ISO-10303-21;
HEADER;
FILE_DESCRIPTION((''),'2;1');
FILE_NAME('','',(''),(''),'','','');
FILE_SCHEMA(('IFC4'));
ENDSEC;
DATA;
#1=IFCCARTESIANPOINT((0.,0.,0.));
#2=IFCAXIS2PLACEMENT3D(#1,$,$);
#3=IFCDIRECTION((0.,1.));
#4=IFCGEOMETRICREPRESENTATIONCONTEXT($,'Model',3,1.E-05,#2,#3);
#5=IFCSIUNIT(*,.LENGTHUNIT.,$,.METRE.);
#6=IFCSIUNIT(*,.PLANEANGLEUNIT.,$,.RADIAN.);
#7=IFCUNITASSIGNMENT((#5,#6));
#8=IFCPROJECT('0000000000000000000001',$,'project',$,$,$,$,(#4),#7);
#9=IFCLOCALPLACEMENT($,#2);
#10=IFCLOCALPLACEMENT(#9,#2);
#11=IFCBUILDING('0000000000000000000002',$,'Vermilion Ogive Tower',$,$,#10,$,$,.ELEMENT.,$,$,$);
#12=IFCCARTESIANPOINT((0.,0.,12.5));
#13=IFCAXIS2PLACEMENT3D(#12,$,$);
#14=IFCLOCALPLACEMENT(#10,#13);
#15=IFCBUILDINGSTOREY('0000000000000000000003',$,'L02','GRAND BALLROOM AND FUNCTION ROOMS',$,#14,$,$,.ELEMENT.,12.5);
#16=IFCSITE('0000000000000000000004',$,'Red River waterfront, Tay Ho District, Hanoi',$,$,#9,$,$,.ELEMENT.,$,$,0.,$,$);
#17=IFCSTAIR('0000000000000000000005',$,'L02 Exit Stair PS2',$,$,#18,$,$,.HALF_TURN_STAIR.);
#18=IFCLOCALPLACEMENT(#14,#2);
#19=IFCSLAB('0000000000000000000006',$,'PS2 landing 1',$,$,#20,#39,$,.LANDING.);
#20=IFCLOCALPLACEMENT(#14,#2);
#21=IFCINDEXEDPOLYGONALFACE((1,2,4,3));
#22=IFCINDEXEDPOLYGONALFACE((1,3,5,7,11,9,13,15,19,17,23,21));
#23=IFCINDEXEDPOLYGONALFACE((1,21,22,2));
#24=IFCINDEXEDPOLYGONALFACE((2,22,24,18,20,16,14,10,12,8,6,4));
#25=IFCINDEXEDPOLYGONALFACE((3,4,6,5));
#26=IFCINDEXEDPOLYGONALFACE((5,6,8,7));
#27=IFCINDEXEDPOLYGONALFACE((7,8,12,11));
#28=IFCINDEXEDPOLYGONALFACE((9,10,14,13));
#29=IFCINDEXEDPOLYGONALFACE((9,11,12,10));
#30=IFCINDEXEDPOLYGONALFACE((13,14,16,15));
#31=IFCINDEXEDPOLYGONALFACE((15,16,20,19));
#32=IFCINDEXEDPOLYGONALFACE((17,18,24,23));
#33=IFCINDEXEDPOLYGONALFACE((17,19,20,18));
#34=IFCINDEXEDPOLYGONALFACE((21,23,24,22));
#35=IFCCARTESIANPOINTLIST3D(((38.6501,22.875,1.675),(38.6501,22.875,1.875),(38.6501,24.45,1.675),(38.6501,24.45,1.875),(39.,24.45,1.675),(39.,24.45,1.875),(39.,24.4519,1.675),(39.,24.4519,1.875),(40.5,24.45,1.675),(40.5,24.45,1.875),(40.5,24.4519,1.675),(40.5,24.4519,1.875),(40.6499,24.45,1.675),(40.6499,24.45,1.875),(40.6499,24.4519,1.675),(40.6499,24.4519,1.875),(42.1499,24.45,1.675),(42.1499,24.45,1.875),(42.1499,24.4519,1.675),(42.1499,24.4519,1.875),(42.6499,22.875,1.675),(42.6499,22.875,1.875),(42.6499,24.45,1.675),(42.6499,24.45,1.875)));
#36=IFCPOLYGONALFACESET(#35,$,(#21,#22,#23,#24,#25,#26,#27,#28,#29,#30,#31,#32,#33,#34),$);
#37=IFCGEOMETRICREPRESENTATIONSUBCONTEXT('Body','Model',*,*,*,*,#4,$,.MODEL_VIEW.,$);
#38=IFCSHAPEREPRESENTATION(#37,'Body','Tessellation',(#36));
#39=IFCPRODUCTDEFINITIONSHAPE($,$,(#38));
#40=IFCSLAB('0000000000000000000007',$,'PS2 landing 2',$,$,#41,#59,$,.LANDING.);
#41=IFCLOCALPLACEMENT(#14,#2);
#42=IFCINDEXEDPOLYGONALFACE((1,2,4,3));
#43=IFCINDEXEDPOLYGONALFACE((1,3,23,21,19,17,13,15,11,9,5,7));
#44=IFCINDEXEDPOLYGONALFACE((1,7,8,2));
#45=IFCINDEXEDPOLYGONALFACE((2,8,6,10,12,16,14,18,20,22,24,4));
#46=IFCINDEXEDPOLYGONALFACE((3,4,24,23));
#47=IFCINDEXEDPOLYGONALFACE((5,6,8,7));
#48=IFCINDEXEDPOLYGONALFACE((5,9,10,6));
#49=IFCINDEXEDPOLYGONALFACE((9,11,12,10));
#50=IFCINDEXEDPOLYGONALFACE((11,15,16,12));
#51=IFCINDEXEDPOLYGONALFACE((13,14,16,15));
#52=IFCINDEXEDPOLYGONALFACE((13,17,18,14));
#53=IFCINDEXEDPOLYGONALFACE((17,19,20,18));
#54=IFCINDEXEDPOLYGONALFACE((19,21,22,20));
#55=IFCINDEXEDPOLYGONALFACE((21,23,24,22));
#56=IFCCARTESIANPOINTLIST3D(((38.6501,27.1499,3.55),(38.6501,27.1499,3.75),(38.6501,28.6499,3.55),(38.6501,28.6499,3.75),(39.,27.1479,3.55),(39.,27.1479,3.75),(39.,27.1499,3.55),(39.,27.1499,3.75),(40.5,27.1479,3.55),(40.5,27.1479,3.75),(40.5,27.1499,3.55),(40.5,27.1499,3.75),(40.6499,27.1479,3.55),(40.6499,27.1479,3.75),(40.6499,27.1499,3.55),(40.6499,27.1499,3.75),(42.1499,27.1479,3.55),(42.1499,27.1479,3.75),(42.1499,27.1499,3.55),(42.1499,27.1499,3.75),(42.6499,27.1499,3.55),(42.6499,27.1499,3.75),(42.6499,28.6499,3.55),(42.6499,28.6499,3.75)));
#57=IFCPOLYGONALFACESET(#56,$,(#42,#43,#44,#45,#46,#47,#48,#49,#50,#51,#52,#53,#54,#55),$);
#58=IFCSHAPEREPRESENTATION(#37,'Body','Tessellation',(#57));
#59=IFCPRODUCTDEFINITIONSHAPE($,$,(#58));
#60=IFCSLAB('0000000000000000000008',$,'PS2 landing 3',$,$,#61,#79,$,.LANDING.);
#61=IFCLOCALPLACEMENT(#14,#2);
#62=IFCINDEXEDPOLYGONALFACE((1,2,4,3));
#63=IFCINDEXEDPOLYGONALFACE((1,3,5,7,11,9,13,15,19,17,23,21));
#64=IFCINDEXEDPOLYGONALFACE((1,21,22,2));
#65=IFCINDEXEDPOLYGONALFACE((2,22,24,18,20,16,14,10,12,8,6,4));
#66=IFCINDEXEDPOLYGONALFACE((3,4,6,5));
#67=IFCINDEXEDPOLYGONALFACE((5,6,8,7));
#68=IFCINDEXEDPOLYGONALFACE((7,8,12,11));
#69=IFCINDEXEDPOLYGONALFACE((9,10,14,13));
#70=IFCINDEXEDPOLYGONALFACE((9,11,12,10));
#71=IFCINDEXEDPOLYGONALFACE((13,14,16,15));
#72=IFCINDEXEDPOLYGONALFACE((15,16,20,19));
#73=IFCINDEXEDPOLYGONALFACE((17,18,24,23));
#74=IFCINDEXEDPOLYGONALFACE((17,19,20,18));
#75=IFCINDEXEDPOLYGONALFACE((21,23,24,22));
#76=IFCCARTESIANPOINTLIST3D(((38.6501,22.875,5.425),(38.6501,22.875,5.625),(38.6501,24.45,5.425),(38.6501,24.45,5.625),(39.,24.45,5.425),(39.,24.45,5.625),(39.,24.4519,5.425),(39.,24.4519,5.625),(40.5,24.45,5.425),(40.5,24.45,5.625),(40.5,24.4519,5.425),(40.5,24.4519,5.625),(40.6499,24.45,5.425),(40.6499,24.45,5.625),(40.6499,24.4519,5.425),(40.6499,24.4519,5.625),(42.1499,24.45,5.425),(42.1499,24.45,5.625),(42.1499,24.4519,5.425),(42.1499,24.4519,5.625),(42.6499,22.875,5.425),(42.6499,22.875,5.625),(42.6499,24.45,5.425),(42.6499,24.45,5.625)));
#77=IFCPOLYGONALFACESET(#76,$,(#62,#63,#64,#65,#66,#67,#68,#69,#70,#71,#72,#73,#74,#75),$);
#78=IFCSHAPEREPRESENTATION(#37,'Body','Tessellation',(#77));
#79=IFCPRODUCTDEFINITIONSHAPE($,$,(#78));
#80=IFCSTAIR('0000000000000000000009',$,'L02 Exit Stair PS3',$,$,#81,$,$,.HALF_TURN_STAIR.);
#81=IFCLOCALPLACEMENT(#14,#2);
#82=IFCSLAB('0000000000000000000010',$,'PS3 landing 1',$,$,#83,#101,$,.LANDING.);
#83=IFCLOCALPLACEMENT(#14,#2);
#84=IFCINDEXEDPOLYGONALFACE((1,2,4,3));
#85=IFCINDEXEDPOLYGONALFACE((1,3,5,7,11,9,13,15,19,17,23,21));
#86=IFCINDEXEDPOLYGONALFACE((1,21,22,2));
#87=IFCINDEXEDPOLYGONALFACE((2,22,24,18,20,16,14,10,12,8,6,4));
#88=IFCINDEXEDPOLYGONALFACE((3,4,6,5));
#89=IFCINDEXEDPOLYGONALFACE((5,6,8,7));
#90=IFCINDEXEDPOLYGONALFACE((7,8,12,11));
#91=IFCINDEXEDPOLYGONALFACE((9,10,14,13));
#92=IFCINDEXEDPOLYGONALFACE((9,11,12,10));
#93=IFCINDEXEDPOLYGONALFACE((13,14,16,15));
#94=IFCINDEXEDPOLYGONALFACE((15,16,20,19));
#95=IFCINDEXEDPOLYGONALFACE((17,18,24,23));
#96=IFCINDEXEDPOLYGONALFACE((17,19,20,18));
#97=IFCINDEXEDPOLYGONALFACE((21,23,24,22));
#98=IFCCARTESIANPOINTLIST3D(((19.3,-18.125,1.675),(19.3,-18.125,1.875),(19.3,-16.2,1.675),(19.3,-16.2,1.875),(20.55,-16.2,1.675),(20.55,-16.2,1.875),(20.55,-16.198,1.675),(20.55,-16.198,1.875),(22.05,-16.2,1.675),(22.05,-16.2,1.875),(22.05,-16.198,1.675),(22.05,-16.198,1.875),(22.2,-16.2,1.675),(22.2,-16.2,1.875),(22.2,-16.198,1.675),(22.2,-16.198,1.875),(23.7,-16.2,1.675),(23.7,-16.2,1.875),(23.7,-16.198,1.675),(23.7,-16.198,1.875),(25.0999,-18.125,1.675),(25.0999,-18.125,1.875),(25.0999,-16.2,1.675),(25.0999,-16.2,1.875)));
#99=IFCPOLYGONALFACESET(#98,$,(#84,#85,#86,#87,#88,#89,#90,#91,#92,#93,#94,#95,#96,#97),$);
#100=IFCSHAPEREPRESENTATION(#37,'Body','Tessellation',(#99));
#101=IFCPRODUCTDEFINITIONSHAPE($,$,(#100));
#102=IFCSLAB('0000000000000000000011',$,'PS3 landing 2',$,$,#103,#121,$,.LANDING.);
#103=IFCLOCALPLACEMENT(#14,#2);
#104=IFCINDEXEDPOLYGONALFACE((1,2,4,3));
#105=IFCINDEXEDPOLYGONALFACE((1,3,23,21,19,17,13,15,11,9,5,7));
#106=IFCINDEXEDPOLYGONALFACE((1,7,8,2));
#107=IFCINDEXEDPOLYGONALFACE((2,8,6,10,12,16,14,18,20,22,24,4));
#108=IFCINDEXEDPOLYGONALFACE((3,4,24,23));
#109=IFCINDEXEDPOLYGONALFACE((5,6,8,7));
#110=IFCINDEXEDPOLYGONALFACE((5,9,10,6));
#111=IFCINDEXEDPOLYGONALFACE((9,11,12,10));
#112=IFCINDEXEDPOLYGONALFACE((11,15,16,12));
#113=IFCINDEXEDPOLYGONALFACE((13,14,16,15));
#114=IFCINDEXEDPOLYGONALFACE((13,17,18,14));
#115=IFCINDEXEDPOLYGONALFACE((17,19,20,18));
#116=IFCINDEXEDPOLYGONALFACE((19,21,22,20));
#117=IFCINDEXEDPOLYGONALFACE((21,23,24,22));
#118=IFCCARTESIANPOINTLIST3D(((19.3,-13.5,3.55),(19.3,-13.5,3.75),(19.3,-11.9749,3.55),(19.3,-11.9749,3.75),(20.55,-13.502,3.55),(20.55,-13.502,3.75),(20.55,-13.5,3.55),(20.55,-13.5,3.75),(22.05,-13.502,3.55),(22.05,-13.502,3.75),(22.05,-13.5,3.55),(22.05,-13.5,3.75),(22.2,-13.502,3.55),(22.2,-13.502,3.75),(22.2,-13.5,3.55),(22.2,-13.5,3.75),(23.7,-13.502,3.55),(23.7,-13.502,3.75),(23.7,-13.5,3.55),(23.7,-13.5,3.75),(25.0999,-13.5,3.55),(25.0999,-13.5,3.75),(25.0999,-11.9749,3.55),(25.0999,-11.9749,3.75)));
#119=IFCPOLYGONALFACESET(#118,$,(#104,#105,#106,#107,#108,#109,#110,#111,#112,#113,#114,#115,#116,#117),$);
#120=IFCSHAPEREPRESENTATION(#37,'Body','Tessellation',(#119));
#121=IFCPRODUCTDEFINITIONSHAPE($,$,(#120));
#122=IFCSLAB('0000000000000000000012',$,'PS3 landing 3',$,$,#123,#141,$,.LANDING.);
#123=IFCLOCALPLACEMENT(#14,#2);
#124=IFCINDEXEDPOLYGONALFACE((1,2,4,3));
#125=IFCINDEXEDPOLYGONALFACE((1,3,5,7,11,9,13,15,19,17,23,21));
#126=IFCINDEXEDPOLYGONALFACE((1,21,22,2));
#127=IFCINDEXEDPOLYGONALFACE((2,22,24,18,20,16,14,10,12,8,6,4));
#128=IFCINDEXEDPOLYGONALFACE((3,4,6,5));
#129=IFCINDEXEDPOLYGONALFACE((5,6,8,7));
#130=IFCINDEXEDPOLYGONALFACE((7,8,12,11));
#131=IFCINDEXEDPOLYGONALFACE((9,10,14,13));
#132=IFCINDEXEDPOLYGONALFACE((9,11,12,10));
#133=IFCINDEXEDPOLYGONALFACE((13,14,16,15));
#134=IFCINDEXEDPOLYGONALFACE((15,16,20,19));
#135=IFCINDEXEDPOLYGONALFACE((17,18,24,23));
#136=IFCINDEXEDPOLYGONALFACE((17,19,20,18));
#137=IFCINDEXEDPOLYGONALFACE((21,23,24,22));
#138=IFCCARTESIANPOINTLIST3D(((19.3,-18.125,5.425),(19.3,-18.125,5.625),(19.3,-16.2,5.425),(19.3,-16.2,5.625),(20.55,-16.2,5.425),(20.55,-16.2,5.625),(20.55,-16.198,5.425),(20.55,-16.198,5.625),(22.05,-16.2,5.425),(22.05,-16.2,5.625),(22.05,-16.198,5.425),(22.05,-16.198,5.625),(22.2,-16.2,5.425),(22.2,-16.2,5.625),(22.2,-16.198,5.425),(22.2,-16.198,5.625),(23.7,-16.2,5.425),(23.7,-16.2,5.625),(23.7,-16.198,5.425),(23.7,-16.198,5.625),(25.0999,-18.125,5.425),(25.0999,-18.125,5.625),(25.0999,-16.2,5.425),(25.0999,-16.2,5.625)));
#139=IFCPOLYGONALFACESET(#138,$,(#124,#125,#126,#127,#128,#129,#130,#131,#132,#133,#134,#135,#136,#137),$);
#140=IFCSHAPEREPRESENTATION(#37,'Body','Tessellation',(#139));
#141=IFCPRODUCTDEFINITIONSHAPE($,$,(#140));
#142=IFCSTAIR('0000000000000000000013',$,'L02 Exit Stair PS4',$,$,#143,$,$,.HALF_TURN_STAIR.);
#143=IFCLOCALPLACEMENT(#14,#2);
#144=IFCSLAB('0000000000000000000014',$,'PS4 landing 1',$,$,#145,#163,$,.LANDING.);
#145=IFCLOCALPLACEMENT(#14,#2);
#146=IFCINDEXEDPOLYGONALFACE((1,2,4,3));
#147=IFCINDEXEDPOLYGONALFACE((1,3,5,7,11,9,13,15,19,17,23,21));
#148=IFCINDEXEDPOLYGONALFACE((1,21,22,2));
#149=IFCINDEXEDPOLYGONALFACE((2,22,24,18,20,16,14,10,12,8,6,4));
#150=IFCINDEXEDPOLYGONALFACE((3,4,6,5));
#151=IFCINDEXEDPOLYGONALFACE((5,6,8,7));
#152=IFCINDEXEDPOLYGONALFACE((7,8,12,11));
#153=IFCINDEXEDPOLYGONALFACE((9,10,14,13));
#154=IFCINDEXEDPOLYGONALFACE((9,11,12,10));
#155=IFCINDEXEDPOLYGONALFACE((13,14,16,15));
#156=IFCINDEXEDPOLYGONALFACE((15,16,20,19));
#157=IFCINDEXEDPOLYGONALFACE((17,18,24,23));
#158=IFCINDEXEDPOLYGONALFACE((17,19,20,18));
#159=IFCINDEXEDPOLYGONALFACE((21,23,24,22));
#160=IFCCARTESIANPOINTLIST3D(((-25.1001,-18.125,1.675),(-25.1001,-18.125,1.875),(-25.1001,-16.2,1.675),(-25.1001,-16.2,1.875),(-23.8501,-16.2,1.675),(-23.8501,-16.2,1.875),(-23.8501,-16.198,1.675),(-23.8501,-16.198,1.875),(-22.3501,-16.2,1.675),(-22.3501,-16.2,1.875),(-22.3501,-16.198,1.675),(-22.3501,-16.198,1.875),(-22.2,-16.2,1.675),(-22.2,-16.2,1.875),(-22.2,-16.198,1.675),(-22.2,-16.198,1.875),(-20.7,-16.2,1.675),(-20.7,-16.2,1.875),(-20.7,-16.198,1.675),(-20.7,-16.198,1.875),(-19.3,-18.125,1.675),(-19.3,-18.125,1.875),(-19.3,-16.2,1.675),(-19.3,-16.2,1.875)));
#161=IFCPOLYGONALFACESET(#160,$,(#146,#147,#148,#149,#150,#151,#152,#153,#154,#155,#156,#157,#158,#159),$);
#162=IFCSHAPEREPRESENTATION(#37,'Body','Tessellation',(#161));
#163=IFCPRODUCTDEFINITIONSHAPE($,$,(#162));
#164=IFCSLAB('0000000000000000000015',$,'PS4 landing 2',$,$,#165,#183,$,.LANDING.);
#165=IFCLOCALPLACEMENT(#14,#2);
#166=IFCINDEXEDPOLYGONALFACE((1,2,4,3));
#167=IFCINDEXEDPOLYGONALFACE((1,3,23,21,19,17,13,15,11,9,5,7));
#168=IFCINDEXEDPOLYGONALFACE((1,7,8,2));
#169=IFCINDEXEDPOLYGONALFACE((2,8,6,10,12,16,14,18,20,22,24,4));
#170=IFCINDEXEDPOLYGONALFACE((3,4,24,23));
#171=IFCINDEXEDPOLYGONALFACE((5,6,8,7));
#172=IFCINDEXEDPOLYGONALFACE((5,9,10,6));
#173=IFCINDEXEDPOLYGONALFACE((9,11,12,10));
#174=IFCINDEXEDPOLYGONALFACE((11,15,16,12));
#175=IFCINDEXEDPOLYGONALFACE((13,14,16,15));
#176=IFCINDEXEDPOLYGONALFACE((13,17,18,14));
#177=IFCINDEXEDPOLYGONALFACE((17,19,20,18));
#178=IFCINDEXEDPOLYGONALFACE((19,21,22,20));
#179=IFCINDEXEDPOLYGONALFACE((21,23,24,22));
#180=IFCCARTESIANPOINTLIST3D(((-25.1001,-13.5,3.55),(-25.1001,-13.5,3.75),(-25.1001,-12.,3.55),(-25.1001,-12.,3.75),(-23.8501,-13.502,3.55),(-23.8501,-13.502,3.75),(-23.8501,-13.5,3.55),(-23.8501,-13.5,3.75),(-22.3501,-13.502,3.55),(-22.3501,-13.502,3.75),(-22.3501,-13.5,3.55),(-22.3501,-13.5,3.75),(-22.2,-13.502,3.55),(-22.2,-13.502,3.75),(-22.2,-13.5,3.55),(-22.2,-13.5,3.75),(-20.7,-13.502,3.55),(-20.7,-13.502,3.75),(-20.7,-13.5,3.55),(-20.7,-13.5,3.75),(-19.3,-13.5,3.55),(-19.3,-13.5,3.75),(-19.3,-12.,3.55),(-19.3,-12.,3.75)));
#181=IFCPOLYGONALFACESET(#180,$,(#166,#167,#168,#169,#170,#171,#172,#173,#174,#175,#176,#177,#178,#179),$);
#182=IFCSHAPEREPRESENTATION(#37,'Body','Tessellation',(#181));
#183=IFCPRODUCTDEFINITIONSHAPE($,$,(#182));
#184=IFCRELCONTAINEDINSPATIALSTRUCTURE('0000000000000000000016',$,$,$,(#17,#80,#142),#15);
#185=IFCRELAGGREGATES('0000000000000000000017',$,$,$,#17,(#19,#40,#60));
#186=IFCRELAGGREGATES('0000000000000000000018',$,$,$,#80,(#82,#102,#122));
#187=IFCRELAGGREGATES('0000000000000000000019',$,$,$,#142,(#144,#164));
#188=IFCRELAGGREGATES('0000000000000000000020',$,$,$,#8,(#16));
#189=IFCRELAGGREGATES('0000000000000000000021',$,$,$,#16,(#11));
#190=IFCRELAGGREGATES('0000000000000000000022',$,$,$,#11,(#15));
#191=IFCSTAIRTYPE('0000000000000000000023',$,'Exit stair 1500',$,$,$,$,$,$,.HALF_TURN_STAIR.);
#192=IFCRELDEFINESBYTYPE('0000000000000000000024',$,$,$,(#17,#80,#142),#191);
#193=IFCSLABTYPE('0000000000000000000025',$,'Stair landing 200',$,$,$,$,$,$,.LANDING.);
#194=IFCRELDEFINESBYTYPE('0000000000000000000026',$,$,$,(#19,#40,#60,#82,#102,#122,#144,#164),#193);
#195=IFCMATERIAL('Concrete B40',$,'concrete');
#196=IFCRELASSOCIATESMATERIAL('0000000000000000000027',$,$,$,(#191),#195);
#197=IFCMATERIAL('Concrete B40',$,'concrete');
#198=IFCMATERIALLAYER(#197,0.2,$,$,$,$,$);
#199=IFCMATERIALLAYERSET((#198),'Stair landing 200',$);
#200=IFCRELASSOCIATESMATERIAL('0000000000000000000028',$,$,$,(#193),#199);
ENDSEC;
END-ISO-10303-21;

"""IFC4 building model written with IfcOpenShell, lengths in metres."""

from ifc_helpers import new_model, si_unit, direction, frame, origin, place, context, subcontext, project, spatial, polyline, outline, extrude, material, layer, layer_set, type_object, element, aggregate, save


model = new_model("IFC4")

# Units and contexts
model_context = context("Model", 3, precision=1e-05, world=origin(), true_north=direction((0.0, 1.0)))
body_context = subcontext(model_context, "Body", "Model", "MODEL_VIEW")
ifc_project = project(units=[si_unit("LENGTHUNIT", "METRE"), si_unit("PLANEANGLEUNIT", "RADIAN")], contexts=[model_context])

# Site, building, storey
site_placement = place(None, origin())
site = spatial("IfcSite", under=ifc_project, at=site_placement, Name="Red River waterfront, Tay Ho District, Hanoi", CompositionType="ELEMENT", RefElevation=0.0)
building_placement = place(site_placement, origin())
building = spatial("IfcBuilding", under=site, at=building_placement, Name="Vermilion Ogive Tower", CompositionType="ELEMENT")
storey_placement = place(building_placement, frame((0.0, 0.0, 12.5)))
storey = spatial("IfcBuildingStorey", under=building, at=storey_placement, Name="L02", Description="GRAND BALLROOM AND FUNCTION ROOMS", CompositionType="ELEMENT", Elevation=12.5)

# Stairs, slabs
ifc_material_1 = material(Name="Concrete B40", Category="concrete")
stair_type = type_object("IfcStairType", Name="Exit stair 1500", PredefinedType="HALF_TURN_STAIR", material=ifc_material_1)
stair_1_placement = place(storey_placement, origin())
stair_1 = element("IfcStair", 1, at=stair_1_placement, inside=storey, type_object=stair_type, Name="L02 Exit Stair PS2", PredefinedType="HALF_TURN_STAIR")
ifc_material_2 = material(Name="Concrete B40", Category="concrete")
ifc_layer = layer(ifc_material_2, 0.2)
ifc_layer_set = layer_set([ifc_layer], Name="Stair landing 200")
slab_type = type_object("IfcSlabType", Name="Stair landing 200", PredefinedType="LANDING", material=ifc_layer_set)
slab_1_placement = place(storey_placement, frame((0.0, 0.0, 1.675)))
slab_1 = element("IfcSlab", 2, at=slab_1_placement, type_object=slab_type, Name="PS2 landing 1", PredefinedType="LANDING", context=body_context, shape_type="SweptSolid", body=[
    extrude(outline(polyline([(42.6499, 24.45), (42.1499, 24.45), (42.1499, 24.4519), (40.6499, 24.4519), (40.6499, 24.45), (40.5, 24.45), (40.5, 24.4519), (39.0, 24.4519), (39.0, 24.45), (38.6501, 24.45), (38.6501, 22.875), (42.6499, 22.875), (42.6499, 24.45)])), origin(), (0.0, 0.0, 1.0), 0.2),
])
slab_2_placement = place(storey_placement, frame((0.0, 0.0, 3.55)))
slab_2 = element("IfcSlab", 3, at=slab_2_placement, type_object=slab_type, Name="PS2 landing 2", PredefinedType="LANDING", context=body_context, shape_type="SweptSolid", body=[
    extrude(outline(polyline([(38.6501, 27.1499), (39.0, 27.1499), (39.0, 27.1479), (40.5, 27.1479), (40.5, 27.1499), (40.6499, 27.1499), (40.6499, 27.1479), (42.1499, 27.1479), (42.1499, 27.1499), (42.6499, 27.1499), (42.6499, 28.6499), (38.6501, 28.6499), (38.6501, 27.1499)])), origin(), (0.0, 0.0, 1.0), 0.2),
])
slab_3_placement = place(storey_placement, frame((0.0, 0.0, 5.425)))
slab_3 = element("IfcSlab", 4, at=slab_3_placement, type_object=slab_type, Name="PS2 landing 3", PredefinedType="LANDING", context=body_context, shape_type="SweptSolid", body=[
    extrude(outline(polyline([(42.6499, 24.45), (42.1499, 24.45), (42.1499, 24.4519), (40.6499, 24.4519), (40.6499, 24.45), (40.5, 24.45), (40.5, 24.4519), (39.0, 24.4519), (39.0, 24.45), (38.6501, 24.45), (38.6501, 22.875), (42.6499, 22.875), (42.6499, 24.45)])), origin(), (0.0, 0.0, 1.0), 0.2),
])
aggregate(stair_1, [slab_1, slab_2, slab_3])
stair_2_placement = place(storey_placement, origin())
stair_2 = element("IfcStair", 5, at=stair_2_placement, inside=storey, type_object=stair_type, Name="L02 Exit Stair PS3", PredefinedType="HALF_TURN_STAIR")
slab_4_placement = place(storey_placement, frame((0.0, 0.0, 1.675)))
slab_4 = element("IfcSlab", 6, at=slab_4_placement, type_object=slab_type, Name="PS3 landing 1", PredefinedType="LANDING", context=body_context, shape_type="SweptSolid", body=[
    extrude(outline(polyline([(25.0999, -16.2), (23.7, -16.2), (23.7, -16.198), (22.2, -16.198), (22.2, -16.2), (22.05, -16.2), (22.05, -16.198), (20.55, -16.198), (20.55, -16.2), (19.3, -16.2), (19.3, -18.125), (25.0999, -18.125), (25.0999, -16.2)])), origin(), (0.0, 0.0, 1.0), 0.2),
])
slab_5_placement = place(storey_placement, frame((0.0, 0.0, 3.55)))
slab_5 = element("IfcSlab", 7, at=slab_5_placement, type_object=slab_type, Name="PS3 landing 2", PredefinedType="LANDING", context=body_context, shape_type="SweptSolid", body=[
    extrude(outline(polyline([(19.3, -13.5), (20.55, -13.5), (20.55, -13.502), (22.05, -13.502), (22.05, -13.5), (22.2, -13.5), (22.2, -13.502), (23.7, -13.502), (23.7, -13.5), (25.0999, -13.5), (25.0999, -11.9749), (19.3, -11.9749), (19.3, -13.5)])), origin(), (0.0, 0.0, 1.0), 0.2),
])
slab_6_placement = place(storey_placement, frame((0.0, 0.0, 5.425)))
slab_6 = element("IfcSlab", 8, at=slab_6_placement, type_object=slab_type, Name="PS3 landing 3", PredefinedType="LANDING", context=body_context, shape_type="SweptSolid", body=[
    extrude(outline(polyline([(25.0999, -16.2), (23.7, -16.2), (23.7, -16.198), (22.2, -16.198), (22.2, -16.2), (22.05, -16.2), (22.05, -16.198), (20.55, -16.198), (20.55, -16.2), (19.3, -16.2), (19.3, -18.125), (25.0999, -18.125), (25.0999, -16.2)])), origin(), (0.0, 0.0, 1.0), 0.2),
])
aggregate(stair_2, [slab_4, slab_5, slab_6])
stair_3_placement = place(storey_placement, origin())
stair_3 = element("IfcStair", 9, at=stair_3_placement, inside=storey, type_object=stair_type, Name="L02 Exit Stair PS4", PredefinedType="HALF_TURN_STAIR")
slab_7_placement = place(storey_placement, frame((0.0, 0.0, 1.675)))
slab_7 = element("IfcSlab", 10, at=slab_7_placement, type_object=slab_type, Name="PS4 landing 1", PredefinedType="LANDING", context=body_context, shape_type="SweptSolid", body=[
    extrude(outline(polyline([(-19.3, -16.2), (-20.7, -16.2), (-20.7, -16.198), (-22.2, -16.198), (-22.2, -16.2), (-22.3501, -16.2), (-22.3501, -16.198), (-23.8501, -16.198), (-23.8501, -16.2), (-25.1001, -16.2), (-25.1001, -18.125), (-19.3, -18.125), (-19.3, -16.2)])), origin(), (0.0, 0.0, 1.0), 0.2),
])
slab_8_placement = place(storey_placement, frame((0.0, 0.0, 3.55)))
slab_8 = element("IfcSlab", 11, at=slab_8_placement, type_object=slab_type, Name="PS4 landing 2", PredefinedType="LANDING", context=body_context, shape_type="SweptSolid", body=[
    extrude(outline(polyline([(-25.1001, -13.5), (-23.8501, -13.5), (-23.8501, -13.502), (-22.3501, -13.502), (-22.3501, -13.5), (-22.2, -13.5), (-22.2, -13.502), (-20.7, -13.502), (-20.7, -13.5), (-19.3, -13.5), (-19.3, -12.0), (-25.1001, -12.0), (-25.1001, -13.5)])), origin(), (0.0, 0.0, 1.0), 0.2),
])
aggregate(stair_3, [slab_7, slab_8])

save(model, "model.ifc")
